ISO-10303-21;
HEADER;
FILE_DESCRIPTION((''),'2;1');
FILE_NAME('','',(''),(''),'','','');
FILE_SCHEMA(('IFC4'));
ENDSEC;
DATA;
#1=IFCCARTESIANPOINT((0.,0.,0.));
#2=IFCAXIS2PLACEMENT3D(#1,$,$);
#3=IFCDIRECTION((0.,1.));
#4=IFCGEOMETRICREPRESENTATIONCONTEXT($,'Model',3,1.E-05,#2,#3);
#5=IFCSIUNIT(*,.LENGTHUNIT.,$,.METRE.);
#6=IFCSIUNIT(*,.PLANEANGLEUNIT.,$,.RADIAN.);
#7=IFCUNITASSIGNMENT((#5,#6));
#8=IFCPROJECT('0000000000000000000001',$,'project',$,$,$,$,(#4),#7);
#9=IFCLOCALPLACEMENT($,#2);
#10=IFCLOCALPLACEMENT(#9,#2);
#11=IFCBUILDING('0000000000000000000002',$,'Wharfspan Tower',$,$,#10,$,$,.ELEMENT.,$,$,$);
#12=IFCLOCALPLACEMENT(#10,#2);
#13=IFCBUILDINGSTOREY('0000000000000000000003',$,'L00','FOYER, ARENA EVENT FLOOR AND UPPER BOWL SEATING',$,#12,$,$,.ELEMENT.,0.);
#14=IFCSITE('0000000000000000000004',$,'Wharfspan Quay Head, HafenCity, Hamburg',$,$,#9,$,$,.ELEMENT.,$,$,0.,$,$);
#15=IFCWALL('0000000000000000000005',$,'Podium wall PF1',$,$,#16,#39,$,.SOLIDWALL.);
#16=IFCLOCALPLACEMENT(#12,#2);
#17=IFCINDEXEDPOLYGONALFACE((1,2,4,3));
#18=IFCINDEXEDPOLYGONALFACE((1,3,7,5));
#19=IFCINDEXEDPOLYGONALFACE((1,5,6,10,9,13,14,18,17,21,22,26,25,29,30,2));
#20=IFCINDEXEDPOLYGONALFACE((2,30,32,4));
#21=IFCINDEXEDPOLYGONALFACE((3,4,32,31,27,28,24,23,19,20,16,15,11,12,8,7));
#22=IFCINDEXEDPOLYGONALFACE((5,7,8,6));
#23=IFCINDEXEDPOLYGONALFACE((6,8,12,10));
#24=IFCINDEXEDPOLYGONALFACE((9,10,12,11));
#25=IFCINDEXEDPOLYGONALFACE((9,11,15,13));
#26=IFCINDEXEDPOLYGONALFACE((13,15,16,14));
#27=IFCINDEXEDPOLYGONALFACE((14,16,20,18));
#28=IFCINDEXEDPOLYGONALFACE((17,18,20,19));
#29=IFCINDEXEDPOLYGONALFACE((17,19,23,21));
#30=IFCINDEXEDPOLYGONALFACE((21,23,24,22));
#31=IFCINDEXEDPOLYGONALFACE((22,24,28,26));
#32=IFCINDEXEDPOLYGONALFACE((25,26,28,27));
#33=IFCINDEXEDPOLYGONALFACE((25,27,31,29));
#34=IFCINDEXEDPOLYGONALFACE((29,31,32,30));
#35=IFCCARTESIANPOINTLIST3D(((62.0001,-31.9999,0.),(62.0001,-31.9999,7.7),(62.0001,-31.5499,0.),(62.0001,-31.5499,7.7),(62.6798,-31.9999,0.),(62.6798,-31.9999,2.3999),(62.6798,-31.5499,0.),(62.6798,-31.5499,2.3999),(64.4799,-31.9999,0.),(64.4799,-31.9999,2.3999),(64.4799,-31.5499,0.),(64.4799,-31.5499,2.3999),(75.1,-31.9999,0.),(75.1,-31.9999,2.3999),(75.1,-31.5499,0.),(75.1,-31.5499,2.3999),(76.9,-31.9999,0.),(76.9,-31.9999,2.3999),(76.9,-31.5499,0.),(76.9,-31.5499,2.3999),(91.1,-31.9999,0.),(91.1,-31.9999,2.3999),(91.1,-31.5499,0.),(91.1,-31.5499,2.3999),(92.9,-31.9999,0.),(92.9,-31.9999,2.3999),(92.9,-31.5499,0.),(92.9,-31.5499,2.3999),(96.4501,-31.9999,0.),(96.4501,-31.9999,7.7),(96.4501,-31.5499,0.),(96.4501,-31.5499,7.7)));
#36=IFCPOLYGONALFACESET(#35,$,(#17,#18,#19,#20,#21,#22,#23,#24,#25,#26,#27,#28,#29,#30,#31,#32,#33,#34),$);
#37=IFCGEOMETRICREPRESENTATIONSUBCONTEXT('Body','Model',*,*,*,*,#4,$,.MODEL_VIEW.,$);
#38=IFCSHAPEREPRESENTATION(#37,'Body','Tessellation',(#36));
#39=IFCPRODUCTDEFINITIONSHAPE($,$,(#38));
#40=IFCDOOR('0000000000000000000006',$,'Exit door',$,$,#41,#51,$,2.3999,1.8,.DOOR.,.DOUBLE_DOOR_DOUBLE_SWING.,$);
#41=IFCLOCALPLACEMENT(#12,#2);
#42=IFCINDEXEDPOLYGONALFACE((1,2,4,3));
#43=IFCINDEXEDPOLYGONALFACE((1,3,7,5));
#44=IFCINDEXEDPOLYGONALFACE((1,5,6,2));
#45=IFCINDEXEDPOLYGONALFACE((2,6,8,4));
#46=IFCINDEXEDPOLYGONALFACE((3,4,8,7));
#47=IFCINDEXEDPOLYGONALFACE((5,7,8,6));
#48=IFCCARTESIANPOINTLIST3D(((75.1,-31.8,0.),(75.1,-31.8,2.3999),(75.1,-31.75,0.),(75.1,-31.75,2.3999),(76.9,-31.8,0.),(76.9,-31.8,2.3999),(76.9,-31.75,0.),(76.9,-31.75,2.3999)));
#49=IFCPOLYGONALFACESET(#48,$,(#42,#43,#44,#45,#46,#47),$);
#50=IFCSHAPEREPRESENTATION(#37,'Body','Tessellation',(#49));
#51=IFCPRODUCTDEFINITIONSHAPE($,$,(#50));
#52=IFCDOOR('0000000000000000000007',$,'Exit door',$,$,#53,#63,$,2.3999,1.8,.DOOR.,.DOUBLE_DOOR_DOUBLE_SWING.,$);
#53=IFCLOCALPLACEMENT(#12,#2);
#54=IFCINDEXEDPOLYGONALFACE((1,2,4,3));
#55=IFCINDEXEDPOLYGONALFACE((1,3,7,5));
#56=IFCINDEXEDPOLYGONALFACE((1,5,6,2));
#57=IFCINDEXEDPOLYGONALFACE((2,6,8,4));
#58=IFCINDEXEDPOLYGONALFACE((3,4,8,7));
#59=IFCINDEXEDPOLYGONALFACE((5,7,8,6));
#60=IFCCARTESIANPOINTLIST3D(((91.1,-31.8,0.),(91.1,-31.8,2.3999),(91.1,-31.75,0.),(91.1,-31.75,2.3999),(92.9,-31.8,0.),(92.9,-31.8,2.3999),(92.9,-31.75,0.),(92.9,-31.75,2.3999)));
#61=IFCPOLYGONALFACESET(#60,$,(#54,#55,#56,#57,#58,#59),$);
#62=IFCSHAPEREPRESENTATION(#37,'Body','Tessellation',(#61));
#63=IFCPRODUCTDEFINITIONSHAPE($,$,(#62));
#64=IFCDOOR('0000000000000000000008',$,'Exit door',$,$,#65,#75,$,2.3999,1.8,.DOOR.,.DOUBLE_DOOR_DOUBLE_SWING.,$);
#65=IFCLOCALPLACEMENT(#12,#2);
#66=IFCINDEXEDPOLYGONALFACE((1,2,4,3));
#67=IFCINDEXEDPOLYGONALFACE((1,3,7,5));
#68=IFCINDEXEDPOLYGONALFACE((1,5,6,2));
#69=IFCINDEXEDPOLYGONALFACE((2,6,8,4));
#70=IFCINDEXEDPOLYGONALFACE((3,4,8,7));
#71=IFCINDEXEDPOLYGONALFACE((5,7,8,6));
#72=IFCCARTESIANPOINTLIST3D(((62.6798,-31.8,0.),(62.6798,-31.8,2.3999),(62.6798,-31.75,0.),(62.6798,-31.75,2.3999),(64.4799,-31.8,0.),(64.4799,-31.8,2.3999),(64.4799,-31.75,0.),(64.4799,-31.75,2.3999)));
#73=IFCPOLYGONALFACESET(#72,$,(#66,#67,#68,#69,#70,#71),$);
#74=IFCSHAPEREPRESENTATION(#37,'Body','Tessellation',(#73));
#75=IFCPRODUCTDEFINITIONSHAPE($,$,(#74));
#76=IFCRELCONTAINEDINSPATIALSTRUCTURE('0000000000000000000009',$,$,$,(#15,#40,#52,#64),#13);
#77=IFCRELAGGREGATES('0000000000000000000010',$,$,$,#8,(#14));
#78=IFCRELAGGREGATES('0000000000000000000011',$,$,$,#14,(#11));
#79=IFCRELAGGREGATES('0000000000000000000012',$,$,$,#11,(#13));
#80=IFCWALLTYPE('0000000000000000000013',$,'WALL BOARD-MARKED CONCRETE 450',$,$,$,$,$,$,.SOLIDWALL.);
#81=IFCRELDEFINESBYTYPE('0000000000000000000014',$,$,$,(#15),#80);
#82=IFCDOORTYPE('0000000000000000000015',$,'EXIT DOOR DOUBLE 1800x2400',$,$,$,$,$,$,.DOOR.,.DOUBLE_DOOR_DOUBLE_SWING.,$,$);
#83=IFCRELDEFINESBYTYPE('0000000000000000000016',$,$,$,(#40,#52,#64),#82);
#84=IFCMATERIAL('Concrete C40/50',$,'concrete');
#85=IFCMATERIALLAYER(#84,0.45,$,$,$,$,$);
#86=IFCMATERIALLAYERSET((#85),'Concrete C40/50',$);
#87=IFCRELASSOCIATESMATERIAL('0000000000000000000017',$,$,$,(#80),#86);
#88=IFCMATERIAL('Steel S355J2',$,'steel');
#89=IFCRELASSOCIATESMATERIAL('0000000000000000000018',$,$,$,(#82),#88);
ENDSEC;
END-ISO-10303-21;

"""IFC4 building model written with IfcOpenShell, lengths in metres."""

from ifc_helpers import new_model, si_unit, direction, frame, frame_2d, origin, place, context, subcontext, project, spatial, rectangle, extrude, material, layer, layer_set, type_object, element, fill, save


model = new_model("IFC4")

# Units and contexts
model_context = context("Model", 3, precision=1e-05, world=origin(), true_north=direction((0.0, 1.0)))
body_context = subcontext(model_context, "Body", "Model", "MODEL_VIEW")
ifc_project = project(units=[si_unit("LENGTHUNIT", "METRE"), si_unit("PLANEANGLEUNIT", "RADIAN")], contexts=[model_context])

# Site, building, storey
site_placement = place(None, origin())
site = spatial("IfcSite", under=ifc_project, at=site_placement, Name="Wharfspan Quay Head, HafenCity, Hamburg", CompositionType="ELEMENT", RefElevation=0.0)
building_placement = place(site_placement, origin())
building = spatial("IfcBuilding", under=site, at=building_placement, Name="Wharfspan Tower", CompositionType="ELEMENT")
storey_placement = place(building_placement, origin())
storey = spatial("IfcBuildingStorey", under=building, at=storey_placement, Name="L00", Description="FOYER, ARENA EVENT FLOOR AND UPPER BOWL SEATING", CompositionType="ELEMENT", Elevation=0.0)

# Shared definitions
ifc_material_1 = material(Name="Steel S355J2", Category="steel")

# Shared definitions
ifc_material_2 = material(Name="Concrete C40/50", Category="concrete")

# Wall, openings, doors
ifc_layer_1 = layer(ifc_material_2, 0.45)
ifc_layer_set_1 = layer_set([ifc_layer_1], Name="Concrete C40/50")
wall_type_1 = type_object("IfcWallType", Name="WALL BOARD-MARKED CONCRETE 450", PredefinedType="SOLIDWALL", material=ifc_layer_set_1)
wall_1_placement = place(storey_placement, frame((62.0, -31.7749, 0.0), z_axis=(0.0, 0.0, 1.0), x_axis=(1.0, 0.0, 0.0)))
wall_1 = element("IfcWall", 1, at=wall_1_placement, inside=storey, type_object=wall_type_1, Name="Podium wall PF1", PredefinedType="SOLIDWALL", context=body_context, shape_type="SweptSolid", body=[
    extrude(rectangle(XDim=34.45, YDim=0.45, at=frame_2d((17.2251, 0.0))), origin(), (0.0, 0.0, 1.0), 7.7),
])
opening_1_placement = place(wall_1_placement, frame((13.1001, 0.0, 0.0)))
opening_1 = element("IfcOpeningElement", 2, at=opening_1_placement, cuts=wall_1, PredefinedType="OPENING", context=body_context, shape_type="SweptSolid", body=[
    extrude(rectangle(XDim=1.8, YDim=2.3999, at=frame_2d((0.8999, 1.2))), frame((0.0, 0.2349, 0.0), z_axis=(0.0, -1.0, 0.0), x_axis=(1.0, 0.0, 0.0)), (0.0, 0.0, 1.0), 0.47),
])
opening_2_placement = place(wall_1_placement, frame((29.1001, 0.0, 0.0)))
opening_2 = element("IfcOpeningElement", 3, at=opening_2_placement, cuts=wall_1, PredefinedType="OPENING", context=body_context, shape_type="SweptSolid", body=[
    extrude(rectangle(XDim=1.8, YDim=2.3999, at=frame_2d((0.8999, 1.2))), frame((0.0, 0.2349, 0.0), z_axis=(0.0, -1.0, 0.0), x_axis=(1.0, 0.0, 0.0)), (0.0, 0.0, 1.0), 0.47),
])
opening_3_placement = place(wall_1_placement, frame((0.6799, 0.0, 0.0)))
opening_3 = element("IfcOpeningElement", 4, at=opening_3_placement, cuts=wall_1, PredefinedType="OPENING", context=body_context, shape_type="SweptSolid", body=[
    extrude(rectangle(XDim=1.8, YDim=2.3999, at=frame_2d((0.8999, 1.2))), frame((0.0, 0.2349, 0.0), z_axis=(0.0, -1.0, 0.0), x_axis=(1.0, 0.0, 0.0)), (0.0, 0.0, 1.0), 0.47),
])
door_type_1 = type_object("IfcDoorType", Name="EXIT DOOR DOUBLE 1800x2400", OperationType="DOUBLE_DOOR_DOUBLE_SWING", PredefinedType="DOOR", material=ifc_material_1)
door_1_placement = place(opening_1_placement, origin())
door_1 = element("IfcDoor", 5, at=door_1_placement, inside=storey, type_object=door_type_1, Name="Exit door", OperationType="DOUBLE_DOOR_DOUBLE_SWING", OverallHeight=2.3999, OverallWidth=1.8, PredefinedType="DOOR", context=body_context, shape_type="SweptSolid", body=[
    extrude(rectangle(XDim=1.8, YDim=2.3999, at=frame_2d((0.8999, 1.2))), frame((0.0, 0.0249, 0.0), z_axis=(0.0, -1.0, 0.0), x_axis=(1.0, 0.0, 0.0)), (0.0, 0.0, 1.0), 0.05),
])
fill(opening_1, door_1)
door_2_placement = place(opening_2_placement, origin())
door_2 = element("IfcDoor", 6, at=door_2_placement, inside=storey, type_object=door_type_1, Name="Exit door", OperationType="DOUBLE_DOOR_DOUBLE_SWING", OverallHeight=2.3999, OverallWidth=1.8, PredefinedType="DOOR", context=body_context, shape_type="SweptSolid", body=[
    extrude(rectangle(XDim=1.8, YDim=2.3999, at=frame_2d((0.8999, 1.2))), frame((0.0, 0.0249, 0.0), z_axis=(0.0, -1.0, 0.0), x_axis=(1.0, 0.0, 0.0)), (0.0, 0.0, 1.0), 0.05),
])
fill(opening_2, door_2)
door_3_placement = place(opening_3_placement, origin())
door_3 = element("IfcDoor", 7, at=door_3_placement, inside=storey, type_object=door_type_1, Name="Exit door", OperationType="DOUBLE_DOOR_DOUBLE_SWING", OverallHeight=2.3999, OverallWidth=1.8, PredefinedType="DOOR", context=body_context, shape_type="SweptSolid", body=[
    extrude(rectangle(XDim=1.8, YDim=2.3999, at=frame_2d((0.8999, 1.2))), frame((0.0, 0.0249, 0.0), z_axis=(0.0, -1.0, 0.0), x_axis=(1.0, 0.0, 0.0)), (0.0, 0.0, 1.0), 0.05),
])
fill(opening_3, door_3)

save(model, "model.ifc")
